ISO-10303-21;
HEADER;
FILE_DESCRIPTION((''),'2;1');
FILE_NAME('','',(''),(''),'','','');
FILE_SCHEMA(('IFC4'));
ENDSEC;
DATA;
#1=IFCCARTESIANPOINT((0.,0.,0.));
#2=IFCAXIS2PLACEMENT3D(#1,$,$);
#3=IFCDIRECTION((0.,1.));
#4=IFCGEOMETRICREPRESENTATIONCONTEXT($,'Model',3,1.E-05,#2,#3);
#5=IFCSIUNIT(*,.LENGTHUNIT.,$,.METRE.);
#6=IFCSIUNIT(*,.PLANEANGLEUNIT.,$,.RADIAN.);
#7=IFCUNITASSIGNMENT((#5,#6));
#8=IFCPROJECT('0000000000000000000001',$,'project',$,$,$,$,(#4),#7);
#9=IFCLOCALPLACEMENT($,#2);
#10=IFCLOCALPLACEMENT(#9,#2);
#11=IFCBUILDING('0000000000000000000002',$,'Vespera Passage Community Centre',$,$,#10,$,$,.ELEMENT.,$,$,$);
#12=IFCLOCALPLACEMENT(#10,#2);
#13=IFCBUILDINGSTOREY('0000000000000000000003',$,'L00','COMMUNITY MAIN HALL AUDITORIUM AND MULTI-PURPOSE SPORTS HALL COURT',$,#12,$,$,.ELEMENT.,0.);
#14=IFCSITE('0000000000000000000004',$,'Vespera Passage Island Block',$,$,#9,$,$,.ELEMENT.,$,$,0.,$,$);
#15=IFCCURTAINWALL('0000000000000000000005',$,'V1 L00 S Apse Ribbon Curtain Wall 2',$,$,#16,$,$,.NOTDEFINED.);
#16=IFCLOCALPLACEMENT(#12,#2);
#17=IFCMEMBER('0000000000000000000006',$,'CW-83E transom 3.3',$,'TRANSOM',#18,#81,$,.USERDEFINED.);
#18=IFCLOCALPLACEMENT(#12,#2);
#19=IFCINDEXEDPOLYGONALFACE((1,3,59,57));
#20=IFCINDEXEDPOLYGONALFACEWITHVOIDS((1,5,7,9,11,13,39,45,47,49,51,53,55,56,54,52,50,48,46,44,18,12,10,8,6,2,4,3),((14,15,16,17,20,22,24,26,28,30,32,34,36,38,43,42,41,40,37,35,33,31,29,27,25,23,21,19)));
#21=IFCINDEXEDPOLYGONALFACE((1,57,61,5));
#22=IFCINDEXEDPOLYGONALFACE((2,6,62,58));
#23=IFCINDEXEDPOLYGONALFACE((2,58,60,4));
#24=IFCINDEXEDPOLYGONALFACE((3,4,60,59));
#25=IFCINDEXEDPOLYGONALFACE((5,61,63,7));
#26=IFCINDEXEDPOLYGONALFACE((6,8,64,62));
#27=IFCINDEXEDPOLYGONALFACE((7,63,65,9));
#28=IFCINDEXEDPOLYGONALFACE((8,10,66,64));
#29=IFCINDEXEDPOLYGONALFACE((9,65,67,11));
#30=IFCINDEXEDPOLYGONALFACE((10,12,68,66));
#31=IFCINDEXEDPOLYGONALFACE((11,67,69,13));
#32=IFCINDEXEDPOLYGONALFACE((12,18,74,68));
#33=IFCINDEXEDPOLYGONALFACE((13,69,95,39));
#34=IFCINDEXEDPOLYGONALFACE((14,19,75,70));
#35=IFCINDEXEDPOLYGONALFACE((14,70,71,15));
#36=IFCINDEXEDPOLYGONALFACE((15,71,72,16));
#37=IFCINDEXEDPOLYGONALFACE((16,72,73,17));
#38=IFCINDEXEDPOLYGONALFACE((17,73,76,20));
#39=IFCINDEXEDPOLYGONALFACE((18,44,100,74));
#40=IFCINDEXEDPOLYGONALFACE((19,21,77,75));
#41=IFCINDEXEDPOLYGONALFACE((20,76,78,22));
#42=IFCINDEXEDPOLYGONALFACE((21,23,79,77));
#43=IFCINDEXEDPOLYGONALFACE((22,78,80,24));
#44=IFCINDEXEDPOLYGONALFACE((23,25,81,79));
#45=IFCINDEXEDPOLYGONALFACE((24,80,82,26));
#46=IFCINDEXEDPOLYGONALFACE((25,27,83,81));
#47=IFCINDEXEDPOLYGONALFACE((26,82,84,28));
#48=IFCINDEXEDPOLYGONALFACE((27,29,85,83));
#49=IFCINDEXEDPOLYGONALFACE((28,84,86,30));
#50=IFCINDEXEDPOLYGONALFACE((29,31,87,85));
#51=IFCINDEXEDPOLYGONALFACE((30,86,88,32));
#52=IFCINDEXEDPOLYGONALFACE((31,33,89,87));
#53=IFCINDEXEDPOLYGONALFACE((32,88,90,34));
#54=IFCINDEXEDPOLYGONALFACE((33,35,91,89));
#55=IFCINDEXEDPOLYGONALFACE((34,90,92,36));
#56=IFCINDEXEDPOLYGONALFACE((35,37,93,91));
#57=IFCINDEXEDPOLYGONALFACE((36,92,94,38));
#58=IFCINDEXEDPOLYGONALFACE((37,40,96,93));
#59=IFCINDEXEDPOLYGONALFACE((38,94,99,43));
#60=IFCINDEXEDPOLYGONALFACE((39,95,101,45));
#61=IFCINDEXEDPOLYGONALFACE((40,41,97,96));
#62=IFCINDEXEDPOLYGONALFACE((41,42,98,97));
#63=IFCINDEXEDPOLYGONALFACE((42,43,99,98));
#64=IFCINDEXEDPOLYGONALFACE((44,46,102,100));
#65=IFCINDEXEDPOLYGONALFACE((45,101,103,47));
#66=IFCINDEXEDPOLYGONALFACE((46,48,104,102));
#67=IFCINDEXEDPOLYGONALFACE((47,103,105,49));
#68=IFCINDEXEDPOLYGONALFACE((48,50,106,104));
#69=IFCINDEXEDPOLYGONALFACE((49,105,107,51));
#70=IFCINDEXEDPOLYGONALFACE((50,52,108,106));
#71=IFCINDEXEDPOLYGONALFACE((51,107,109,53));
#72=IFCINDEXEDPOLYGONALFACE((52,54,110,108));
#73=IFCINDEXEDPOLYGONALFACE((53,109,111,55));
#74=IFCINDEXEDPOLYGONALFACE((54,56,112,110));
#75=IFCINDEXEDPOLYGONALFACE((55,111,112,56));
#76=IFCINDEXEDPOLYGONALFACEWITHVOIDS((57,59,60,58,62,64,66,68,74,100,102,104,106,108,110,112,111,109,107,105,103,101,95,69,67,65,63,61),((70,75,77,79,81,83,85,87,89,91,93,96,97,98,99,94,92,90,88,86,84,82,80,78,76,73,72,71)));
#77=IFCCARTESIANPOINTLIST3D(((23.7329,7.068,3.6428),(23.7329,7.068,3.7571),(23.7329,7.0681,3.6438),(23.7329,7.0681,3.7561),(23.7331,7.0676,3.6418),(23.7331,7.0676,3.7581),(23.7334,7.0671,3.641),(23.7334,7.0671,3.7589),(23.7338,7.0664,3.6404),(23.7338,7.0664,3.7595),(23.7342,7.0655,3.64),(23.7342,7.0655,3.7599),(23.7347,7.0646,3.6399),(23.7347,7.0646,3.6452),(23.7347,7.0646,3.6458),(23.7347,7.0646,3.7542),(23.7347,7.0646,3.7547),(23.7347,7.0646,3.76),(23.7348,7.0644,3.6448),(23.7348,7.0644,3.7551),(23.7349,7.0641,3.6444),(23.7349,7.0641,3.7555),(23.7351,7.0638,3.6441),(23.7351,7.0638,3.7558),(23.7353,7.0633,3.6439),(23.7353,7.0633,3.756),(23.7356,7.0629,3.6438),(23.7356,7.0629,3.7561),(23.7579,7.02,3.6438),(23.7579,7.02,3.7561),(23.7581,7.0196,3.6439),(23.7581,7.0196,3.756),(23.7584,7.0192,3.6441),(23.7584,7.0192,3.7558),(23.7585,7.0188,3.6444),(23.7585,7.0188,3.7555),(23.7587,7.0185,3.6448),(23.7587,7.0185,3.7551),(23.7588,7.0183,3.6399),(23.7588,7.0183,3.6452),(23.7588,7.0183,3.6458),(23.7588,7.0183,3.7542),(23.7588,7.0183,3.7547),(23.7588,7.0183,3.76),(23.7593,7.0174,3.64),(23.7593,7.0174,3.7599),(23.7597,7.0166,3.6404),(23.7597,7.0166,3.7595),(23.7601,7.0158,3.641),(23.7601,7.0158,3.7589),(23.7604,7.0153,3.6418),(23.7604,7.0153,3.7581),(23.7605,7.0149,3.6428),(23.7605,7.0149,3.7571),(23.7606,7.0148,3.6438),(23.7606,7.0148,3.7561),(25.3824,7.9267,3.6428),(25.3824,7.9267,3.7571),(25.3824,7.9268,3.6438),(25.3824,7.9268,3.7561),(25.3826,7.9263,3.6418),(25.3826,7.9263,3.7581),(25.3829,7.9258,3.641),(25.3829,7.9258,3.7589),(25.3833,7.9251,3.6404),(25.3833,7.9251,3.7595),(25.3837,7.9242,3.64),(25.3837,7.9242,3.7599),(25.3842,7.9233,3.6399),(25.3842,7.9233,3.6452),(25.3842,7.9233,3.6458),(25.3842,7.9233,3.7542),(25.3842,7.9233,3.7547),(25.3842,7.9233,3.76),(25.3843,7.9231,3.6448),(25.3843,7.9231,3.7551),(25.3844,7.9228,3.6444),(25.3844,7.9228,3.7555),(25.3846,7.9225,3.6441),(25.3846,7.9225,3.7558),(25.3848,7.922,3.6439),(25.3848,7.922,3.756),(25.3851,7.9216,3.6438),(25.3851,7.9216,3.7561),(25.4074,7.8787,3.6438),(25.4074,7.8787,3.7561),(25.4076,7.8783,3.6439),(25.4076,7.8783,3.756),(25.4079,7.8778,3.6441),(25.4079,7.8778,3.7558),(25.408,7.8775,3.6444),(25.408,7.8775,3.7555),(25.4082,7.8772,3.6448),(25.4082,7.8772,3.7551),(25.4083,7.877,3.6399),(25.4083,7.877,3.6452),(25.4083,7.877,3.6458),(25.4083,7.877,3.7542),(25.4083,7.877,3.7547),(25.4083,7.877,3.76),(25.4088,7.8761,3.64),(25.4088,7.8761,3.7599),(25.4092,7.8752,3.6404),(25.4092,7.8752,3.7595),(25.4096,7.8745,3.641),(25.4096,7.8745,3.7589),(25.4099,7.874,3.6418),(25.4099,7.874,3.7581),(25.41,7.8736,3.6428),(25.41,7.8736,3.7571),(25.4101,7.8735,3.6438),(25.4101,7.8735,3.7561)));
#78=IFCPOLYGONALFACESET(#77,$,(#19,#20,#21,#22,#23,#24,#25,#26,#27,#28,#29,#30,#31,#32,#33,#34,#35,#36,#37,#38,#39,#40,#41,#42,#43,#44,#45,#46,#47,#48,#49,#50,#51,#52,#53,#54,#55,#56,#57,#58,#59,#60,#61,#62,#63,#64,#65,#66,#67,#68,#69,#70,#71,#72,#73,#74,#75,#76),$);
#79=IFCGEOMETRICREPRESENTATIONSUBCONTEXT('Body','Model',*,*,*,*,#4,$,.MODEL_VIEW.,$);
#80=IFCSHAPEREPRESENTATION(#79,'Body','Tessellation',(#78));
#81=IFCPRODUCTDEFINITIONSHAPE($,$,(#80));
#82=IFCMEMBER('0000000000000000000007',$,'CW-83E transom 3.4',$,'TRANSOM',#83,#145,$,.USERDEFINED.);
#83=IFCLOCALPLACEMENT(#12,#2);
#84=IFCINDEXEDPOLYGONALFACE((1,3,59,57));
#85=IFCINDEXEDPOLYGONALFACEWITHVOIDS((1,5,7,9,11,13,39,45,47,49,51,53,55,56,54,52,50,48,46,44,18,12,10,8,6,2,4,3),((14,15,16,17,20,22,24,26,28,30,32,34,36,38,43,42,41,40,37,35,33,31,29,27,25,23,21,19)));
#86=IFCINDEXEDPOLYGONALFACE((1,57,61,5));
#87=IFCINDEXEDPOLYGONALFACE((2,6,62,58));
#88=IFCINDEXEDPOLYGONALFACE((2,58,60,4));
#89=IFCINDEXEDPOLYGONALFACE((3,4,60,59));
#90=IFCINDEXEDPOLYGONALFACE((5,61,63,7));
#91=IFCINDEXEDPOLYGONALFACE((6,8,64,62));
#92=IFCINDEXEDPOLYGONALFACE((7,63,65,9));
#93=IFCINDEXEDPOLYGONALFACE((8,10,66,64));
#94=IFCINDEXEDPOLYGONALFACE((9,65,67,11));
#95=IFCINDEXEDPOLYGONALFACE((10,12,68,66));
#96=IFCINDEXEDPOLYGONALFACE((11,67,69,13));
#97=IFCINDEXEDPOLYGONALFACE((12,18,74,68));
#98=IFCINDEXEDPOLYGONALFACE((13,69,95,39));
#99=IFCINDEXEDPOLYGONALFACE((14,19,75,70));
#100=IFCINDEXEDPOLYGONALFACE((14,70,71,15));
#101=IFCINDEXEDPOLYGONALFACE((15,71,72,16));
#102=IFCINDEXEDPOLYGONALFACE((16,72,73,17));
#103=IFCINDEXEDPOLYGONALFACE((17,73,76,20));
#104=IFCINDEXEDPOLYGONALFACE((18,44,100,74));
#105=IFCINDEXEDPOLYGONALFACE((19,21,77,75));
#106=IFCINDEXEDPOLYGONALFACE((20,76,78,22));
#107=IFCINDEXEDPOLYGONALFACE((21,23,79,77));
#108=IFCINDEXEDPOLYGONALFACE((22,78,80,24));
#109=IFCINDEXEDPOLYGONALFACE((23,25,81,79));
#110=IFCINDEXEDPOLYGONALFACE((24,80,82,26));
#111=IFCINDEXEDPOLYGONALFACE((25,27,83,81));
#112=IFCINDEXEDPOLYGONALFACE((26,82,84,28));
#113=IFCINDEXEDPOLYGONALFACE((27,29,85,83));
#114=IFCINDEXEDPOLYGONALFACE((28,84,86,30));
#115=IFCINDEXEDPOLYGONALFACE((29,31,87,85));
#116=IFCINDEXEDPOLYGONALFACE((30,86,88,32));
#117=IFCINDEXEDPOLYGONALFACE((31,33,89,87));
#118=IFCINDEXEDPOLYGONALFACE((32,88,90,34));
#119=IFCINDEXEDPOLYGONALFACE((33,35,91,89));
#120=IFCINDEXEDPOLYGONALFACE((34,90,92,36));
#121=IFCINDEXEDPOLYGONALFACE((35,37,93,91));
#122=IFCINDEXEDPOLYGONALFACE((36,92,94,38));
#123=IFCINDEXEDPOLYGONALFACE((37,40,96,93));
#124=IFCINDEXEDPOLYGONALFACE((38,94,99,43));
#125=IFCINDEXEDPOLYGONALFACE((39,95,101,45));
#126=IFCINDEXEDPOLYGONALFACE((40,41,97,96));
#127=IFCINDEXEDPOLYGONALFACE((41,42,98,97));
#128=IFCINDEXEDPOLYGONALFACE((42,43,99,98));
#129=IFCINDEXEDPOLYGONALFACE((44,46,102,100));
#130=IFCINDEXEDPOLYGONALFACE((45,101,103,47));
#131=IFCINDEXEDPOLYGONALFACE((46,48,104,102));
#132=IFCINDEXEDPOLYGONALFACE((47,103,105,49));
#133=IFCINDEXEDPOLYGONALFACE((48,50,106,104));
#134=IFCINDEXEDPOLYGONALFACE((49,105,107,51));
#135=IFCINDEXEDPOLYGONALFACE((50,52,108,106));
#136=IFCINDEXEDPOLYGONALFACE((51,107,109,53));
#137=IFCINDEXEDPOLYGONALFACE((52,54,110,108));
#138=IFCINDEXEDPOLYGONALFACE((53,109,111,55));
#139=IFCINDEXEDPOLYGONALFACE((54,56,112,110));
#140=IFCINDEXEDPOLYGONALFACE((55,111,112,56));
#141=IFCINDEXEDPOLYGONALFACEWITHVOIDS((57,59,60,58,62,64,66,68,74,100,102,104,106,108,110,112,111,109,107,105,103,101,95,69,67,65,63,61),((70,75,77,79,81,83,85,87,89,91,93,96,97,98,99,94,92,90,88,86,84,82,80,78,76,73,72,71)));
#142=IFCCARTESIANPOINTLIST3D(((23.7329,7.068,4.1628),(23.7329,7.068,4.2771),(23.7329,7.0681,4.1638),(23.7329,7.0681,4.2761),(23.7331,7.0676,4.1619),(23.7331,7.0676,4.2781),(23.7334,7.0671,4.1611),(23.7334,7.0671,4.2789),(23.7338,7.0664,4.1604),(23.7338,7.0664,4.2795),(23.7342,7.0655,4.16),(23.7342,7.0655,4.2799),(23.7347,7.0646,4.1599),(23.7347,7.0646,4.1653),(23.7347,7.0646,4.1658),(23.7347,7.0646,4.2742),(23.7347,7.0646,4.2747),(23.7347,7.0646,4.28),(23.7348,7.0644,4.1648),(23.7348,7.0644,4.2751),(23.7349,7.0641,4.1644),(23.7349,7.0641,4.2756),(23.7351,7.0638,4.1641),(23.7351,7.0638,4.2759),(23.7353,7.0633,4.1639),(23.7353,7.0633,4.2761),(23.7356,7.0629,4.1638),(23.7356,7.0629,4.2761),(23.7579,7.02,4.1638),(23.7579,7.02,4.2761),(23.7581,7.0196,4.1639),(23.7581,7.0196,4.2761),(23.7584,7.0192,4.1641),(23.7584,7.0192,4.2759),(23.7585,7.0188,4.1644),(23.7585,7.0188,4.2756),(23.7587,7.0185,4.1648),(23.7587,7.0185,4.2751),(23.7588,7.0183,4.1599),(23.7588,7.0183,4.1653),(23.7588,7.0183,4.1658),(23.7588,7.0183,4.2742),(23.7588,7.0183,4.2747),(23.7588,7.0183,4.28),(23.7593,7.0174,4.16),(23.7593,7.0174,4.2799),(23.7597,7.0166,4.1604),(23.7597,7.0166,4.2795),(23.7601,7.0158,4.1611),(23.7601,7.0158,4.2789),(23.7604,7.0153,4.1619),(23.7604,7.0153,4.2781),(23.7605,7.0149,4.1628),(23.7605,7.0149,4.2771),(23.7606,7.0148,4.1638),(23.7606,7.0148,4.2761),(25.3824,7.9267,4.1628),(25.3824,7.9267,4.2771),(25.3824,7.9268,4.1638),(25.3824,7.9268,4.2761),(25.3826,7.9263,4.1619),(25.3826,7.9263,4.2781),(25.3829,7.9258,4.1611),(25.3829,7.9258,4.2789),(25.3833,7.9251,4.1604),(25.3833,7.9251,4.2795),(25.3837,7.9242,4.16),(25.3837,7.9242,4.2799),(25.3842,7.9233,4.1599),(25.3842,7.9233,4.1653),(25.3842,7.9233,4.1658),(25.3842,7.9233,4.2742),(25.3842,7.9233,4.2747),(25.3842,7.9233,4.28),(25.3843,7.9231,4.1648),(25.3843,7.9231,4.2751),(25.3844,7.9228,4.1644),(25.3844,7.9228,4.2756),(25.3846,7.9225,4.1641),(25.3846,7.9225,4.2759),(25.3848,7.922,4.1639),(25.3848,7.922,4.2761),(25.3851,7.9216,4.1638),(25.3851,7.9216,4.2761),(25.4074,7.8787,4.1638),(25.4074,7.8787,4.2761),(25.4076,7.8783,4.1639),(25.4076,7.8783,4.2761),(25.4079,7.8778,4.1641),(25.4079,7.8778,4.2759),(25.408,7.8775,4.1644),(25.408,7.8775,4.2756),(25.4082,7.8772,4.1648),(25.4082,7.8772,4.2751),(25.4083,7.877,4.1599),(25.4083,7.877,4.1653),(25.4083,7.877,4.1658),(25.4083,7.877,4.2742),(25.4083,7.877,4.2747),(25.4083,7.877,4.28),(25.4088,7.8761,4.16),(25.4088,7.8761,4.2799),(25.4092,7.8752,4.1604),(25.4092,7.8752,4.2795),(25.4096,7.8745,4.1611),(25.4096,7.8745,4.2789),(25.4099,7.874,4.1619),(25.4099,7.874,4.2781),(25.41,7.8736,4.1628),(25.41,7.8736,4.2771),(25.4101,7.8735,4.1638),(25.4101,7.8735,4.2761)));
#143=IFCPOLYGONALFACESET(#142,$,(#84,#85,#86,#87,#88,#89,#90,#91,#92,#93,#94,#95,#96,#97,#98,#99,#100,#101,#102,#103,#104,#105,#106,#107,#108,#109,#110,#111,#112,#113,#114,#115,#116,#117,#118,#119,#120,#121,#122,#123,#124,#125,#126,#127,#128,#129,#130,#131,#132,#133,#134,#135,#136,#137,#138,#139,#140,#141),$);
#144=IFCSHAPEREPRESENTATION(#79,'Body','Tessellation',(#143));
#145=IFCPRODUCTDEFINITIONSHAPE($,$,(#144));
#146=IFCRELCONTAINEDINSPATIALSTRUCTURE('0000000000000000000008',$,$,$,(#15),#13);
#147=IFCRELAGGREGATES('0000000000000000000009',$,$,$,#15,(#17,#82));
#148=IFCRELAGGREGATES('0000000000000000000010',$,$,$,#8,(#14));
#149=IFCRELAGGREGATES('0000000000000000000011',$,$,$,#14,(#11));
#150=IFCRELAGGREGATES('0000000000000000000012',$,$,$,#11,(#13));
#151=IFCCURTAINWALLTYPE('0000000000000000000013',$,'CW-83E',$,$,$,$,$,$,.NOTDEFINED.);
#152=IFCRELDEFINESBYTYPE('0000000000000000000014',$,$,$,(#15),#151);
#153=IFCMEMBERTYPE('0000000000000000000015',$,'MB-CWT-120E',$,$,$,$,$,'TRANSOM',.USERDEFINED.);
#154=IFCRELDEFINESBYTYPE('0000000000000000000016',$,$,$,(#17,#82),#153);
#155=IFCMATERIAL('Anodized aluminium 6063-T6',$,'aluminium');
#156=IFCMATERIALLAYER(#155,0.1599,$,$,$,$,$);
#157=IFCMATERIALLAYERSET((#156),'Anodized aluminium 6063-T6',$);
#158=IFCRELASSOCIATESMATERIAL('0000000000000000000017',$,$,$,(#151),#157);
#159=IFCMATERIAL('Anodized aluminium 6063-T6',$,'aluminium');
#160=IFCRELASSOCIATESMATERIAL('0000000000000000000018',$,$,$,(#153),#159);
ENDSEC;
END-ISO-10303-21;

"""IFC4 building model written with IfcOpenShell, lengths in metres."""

from ifc_helpers import new_model, si_unit, direction, frame, origin, origin_2d, place, context, subcontext, project, spatial, hollow_rectangle, extrude, material, layer, layer_set, material_profile, profile_set, type_object, element, aggregate, save


model = new_model("IFC4")

# Units and contexts
model_context = context("Model", 3, precision=1e-05, world=origin(), true_north=direction((0.0, 1.0)))
body_context = subcontext(model_context, "Body", "Model", "MODEL_VIEW")
ifc_project = project(units=[si_unit("LENGTHUNIT", "METRE"), si_unit("PLANEANGLEUNIT", "RADIAN")], contexts=[model_context])

# Site, building, storey
site_placement = place(None, origin())
site = spatial("IfcSite", under=ifc_project, at=site_placement, Name="Vespera Passage Island Block", CompositionType="ELEMENT", RefElevation=0.0)
building_placement = place(site_placement, origin())
building = spatial("IfcBuilding", under=site, at=building_placement, Name="Vespera Passage Community Centre", CompositionType="ELEMENT")
storey_placement = place(building_placement, origin())
storey = spatial("IfcBuildingStorey", under=building, at=storey_placement, Name="L00", Description="COMMUNITY MAIN HALL AUDITORIUM AND MULTI-PURPOSE SPORTS HALL COURT", CompositionType="ELEMENT", Elevation=0.0)

# Curtain wall, members
ifc_material_1 = material(Name="Anodized aluminium 6063-T6", Category="aluminium")
ifc_layer_1 = layer(ifc_material_1, 0.1599)
ifc_layer_set_1 = layer_set([ifc_layer_1], Name="Anodized aluminium 6063-T6")
curtain_wall_type = type_object("IfcCurtainWallType", Name="CW-83E", PredefinedType="NOTDEFINED", material=ifc_layer_set_1)
curtain_wall_placement = place(storey_placement, origin())
curtain_wall = element("IfcCurtainWall", 1, at=curtain_wall_placement, inside=storey, type_object=curtain_wall_type, Name="V1 L00 S Apse Ribbon Curtain Wall 2", PredefinedType="NOTDEFINED")
ifc_material_2 = material(Name="Anodized aluminium 6063-T6", Category="aluminium")
ifc_material_profile_1 = material_profile(ifc_material_2, hollow_rectangle(XDim=0.0601, YDim=0.1201, WallThickness=0.0039, InnerFilletRadius=0.002, OuterFilletRadius=0.0039, at=origin_2d()), Name="ALU120X60X4")
ifc_profile_set_1 = profile_set([ifc_material_profile_1], Name="Anodized aluminium 6063-T6")
member_type_1 = type_object("IfcMemberType", Name="MB-CWT-120E", ElementType="TRANSOM", PredefinedType="USERDEFINED", material=ifc_profile_set_1)
member_1_placement = place(storey_placement, frame((25.3962, 7.9001, 3.7), z_axis=(-0.887008, -0.461754, 0.0), x_axis=(0.461754, -0.887008, 0.0)))
member_1 = element("IfcMember", 2, at=member_1_placement, type_object=member_type_1, Name="CW-83E transom 3.3", ObjectType="TRANSOM", PredefinedType="USERDEFINED", context=body_context, shape_type="SweptSolid", body=[
    extrude(hollow_rectangle(XDim=0.0601, YDim=0.1201, WallThickness=0.0039, InnerFilletRadius=0.002, OuterFilletRadius=0.0039, at=origin_2d()), origin(), (0.0, 0.0, 1.0), 1.8596),
])
member_2_placement = place(storey_placement, frame((25.3962, 7.9001, 4.22), z_axis=(-0.887008, -0.461754, 0.0), x_axis=(0.461754, -0.887008, 0.0)))
member_2 = element("IfcMember", 3, at=member_2_placement, type_object=member_type_1, Name="CW-83E transom 3.4", ObjectType="TRANSOM", PredefinedType="USERDEFINED", context=body_context, shape_type="SweptSolid", body=[
    extrude(hollow_rectangle(XDim=0.0601, YDim=0.1201, WallThickness=0.0039, InnerFilletRadius=0.002, OuterFilletRadius=0.0039, at=origin_2d()), origin(), (0.0, 0.0, 1.0), 1.8596),
])
aggregate(curtain_wall, [member_1, member_2])

save(model, "model.ifc")
